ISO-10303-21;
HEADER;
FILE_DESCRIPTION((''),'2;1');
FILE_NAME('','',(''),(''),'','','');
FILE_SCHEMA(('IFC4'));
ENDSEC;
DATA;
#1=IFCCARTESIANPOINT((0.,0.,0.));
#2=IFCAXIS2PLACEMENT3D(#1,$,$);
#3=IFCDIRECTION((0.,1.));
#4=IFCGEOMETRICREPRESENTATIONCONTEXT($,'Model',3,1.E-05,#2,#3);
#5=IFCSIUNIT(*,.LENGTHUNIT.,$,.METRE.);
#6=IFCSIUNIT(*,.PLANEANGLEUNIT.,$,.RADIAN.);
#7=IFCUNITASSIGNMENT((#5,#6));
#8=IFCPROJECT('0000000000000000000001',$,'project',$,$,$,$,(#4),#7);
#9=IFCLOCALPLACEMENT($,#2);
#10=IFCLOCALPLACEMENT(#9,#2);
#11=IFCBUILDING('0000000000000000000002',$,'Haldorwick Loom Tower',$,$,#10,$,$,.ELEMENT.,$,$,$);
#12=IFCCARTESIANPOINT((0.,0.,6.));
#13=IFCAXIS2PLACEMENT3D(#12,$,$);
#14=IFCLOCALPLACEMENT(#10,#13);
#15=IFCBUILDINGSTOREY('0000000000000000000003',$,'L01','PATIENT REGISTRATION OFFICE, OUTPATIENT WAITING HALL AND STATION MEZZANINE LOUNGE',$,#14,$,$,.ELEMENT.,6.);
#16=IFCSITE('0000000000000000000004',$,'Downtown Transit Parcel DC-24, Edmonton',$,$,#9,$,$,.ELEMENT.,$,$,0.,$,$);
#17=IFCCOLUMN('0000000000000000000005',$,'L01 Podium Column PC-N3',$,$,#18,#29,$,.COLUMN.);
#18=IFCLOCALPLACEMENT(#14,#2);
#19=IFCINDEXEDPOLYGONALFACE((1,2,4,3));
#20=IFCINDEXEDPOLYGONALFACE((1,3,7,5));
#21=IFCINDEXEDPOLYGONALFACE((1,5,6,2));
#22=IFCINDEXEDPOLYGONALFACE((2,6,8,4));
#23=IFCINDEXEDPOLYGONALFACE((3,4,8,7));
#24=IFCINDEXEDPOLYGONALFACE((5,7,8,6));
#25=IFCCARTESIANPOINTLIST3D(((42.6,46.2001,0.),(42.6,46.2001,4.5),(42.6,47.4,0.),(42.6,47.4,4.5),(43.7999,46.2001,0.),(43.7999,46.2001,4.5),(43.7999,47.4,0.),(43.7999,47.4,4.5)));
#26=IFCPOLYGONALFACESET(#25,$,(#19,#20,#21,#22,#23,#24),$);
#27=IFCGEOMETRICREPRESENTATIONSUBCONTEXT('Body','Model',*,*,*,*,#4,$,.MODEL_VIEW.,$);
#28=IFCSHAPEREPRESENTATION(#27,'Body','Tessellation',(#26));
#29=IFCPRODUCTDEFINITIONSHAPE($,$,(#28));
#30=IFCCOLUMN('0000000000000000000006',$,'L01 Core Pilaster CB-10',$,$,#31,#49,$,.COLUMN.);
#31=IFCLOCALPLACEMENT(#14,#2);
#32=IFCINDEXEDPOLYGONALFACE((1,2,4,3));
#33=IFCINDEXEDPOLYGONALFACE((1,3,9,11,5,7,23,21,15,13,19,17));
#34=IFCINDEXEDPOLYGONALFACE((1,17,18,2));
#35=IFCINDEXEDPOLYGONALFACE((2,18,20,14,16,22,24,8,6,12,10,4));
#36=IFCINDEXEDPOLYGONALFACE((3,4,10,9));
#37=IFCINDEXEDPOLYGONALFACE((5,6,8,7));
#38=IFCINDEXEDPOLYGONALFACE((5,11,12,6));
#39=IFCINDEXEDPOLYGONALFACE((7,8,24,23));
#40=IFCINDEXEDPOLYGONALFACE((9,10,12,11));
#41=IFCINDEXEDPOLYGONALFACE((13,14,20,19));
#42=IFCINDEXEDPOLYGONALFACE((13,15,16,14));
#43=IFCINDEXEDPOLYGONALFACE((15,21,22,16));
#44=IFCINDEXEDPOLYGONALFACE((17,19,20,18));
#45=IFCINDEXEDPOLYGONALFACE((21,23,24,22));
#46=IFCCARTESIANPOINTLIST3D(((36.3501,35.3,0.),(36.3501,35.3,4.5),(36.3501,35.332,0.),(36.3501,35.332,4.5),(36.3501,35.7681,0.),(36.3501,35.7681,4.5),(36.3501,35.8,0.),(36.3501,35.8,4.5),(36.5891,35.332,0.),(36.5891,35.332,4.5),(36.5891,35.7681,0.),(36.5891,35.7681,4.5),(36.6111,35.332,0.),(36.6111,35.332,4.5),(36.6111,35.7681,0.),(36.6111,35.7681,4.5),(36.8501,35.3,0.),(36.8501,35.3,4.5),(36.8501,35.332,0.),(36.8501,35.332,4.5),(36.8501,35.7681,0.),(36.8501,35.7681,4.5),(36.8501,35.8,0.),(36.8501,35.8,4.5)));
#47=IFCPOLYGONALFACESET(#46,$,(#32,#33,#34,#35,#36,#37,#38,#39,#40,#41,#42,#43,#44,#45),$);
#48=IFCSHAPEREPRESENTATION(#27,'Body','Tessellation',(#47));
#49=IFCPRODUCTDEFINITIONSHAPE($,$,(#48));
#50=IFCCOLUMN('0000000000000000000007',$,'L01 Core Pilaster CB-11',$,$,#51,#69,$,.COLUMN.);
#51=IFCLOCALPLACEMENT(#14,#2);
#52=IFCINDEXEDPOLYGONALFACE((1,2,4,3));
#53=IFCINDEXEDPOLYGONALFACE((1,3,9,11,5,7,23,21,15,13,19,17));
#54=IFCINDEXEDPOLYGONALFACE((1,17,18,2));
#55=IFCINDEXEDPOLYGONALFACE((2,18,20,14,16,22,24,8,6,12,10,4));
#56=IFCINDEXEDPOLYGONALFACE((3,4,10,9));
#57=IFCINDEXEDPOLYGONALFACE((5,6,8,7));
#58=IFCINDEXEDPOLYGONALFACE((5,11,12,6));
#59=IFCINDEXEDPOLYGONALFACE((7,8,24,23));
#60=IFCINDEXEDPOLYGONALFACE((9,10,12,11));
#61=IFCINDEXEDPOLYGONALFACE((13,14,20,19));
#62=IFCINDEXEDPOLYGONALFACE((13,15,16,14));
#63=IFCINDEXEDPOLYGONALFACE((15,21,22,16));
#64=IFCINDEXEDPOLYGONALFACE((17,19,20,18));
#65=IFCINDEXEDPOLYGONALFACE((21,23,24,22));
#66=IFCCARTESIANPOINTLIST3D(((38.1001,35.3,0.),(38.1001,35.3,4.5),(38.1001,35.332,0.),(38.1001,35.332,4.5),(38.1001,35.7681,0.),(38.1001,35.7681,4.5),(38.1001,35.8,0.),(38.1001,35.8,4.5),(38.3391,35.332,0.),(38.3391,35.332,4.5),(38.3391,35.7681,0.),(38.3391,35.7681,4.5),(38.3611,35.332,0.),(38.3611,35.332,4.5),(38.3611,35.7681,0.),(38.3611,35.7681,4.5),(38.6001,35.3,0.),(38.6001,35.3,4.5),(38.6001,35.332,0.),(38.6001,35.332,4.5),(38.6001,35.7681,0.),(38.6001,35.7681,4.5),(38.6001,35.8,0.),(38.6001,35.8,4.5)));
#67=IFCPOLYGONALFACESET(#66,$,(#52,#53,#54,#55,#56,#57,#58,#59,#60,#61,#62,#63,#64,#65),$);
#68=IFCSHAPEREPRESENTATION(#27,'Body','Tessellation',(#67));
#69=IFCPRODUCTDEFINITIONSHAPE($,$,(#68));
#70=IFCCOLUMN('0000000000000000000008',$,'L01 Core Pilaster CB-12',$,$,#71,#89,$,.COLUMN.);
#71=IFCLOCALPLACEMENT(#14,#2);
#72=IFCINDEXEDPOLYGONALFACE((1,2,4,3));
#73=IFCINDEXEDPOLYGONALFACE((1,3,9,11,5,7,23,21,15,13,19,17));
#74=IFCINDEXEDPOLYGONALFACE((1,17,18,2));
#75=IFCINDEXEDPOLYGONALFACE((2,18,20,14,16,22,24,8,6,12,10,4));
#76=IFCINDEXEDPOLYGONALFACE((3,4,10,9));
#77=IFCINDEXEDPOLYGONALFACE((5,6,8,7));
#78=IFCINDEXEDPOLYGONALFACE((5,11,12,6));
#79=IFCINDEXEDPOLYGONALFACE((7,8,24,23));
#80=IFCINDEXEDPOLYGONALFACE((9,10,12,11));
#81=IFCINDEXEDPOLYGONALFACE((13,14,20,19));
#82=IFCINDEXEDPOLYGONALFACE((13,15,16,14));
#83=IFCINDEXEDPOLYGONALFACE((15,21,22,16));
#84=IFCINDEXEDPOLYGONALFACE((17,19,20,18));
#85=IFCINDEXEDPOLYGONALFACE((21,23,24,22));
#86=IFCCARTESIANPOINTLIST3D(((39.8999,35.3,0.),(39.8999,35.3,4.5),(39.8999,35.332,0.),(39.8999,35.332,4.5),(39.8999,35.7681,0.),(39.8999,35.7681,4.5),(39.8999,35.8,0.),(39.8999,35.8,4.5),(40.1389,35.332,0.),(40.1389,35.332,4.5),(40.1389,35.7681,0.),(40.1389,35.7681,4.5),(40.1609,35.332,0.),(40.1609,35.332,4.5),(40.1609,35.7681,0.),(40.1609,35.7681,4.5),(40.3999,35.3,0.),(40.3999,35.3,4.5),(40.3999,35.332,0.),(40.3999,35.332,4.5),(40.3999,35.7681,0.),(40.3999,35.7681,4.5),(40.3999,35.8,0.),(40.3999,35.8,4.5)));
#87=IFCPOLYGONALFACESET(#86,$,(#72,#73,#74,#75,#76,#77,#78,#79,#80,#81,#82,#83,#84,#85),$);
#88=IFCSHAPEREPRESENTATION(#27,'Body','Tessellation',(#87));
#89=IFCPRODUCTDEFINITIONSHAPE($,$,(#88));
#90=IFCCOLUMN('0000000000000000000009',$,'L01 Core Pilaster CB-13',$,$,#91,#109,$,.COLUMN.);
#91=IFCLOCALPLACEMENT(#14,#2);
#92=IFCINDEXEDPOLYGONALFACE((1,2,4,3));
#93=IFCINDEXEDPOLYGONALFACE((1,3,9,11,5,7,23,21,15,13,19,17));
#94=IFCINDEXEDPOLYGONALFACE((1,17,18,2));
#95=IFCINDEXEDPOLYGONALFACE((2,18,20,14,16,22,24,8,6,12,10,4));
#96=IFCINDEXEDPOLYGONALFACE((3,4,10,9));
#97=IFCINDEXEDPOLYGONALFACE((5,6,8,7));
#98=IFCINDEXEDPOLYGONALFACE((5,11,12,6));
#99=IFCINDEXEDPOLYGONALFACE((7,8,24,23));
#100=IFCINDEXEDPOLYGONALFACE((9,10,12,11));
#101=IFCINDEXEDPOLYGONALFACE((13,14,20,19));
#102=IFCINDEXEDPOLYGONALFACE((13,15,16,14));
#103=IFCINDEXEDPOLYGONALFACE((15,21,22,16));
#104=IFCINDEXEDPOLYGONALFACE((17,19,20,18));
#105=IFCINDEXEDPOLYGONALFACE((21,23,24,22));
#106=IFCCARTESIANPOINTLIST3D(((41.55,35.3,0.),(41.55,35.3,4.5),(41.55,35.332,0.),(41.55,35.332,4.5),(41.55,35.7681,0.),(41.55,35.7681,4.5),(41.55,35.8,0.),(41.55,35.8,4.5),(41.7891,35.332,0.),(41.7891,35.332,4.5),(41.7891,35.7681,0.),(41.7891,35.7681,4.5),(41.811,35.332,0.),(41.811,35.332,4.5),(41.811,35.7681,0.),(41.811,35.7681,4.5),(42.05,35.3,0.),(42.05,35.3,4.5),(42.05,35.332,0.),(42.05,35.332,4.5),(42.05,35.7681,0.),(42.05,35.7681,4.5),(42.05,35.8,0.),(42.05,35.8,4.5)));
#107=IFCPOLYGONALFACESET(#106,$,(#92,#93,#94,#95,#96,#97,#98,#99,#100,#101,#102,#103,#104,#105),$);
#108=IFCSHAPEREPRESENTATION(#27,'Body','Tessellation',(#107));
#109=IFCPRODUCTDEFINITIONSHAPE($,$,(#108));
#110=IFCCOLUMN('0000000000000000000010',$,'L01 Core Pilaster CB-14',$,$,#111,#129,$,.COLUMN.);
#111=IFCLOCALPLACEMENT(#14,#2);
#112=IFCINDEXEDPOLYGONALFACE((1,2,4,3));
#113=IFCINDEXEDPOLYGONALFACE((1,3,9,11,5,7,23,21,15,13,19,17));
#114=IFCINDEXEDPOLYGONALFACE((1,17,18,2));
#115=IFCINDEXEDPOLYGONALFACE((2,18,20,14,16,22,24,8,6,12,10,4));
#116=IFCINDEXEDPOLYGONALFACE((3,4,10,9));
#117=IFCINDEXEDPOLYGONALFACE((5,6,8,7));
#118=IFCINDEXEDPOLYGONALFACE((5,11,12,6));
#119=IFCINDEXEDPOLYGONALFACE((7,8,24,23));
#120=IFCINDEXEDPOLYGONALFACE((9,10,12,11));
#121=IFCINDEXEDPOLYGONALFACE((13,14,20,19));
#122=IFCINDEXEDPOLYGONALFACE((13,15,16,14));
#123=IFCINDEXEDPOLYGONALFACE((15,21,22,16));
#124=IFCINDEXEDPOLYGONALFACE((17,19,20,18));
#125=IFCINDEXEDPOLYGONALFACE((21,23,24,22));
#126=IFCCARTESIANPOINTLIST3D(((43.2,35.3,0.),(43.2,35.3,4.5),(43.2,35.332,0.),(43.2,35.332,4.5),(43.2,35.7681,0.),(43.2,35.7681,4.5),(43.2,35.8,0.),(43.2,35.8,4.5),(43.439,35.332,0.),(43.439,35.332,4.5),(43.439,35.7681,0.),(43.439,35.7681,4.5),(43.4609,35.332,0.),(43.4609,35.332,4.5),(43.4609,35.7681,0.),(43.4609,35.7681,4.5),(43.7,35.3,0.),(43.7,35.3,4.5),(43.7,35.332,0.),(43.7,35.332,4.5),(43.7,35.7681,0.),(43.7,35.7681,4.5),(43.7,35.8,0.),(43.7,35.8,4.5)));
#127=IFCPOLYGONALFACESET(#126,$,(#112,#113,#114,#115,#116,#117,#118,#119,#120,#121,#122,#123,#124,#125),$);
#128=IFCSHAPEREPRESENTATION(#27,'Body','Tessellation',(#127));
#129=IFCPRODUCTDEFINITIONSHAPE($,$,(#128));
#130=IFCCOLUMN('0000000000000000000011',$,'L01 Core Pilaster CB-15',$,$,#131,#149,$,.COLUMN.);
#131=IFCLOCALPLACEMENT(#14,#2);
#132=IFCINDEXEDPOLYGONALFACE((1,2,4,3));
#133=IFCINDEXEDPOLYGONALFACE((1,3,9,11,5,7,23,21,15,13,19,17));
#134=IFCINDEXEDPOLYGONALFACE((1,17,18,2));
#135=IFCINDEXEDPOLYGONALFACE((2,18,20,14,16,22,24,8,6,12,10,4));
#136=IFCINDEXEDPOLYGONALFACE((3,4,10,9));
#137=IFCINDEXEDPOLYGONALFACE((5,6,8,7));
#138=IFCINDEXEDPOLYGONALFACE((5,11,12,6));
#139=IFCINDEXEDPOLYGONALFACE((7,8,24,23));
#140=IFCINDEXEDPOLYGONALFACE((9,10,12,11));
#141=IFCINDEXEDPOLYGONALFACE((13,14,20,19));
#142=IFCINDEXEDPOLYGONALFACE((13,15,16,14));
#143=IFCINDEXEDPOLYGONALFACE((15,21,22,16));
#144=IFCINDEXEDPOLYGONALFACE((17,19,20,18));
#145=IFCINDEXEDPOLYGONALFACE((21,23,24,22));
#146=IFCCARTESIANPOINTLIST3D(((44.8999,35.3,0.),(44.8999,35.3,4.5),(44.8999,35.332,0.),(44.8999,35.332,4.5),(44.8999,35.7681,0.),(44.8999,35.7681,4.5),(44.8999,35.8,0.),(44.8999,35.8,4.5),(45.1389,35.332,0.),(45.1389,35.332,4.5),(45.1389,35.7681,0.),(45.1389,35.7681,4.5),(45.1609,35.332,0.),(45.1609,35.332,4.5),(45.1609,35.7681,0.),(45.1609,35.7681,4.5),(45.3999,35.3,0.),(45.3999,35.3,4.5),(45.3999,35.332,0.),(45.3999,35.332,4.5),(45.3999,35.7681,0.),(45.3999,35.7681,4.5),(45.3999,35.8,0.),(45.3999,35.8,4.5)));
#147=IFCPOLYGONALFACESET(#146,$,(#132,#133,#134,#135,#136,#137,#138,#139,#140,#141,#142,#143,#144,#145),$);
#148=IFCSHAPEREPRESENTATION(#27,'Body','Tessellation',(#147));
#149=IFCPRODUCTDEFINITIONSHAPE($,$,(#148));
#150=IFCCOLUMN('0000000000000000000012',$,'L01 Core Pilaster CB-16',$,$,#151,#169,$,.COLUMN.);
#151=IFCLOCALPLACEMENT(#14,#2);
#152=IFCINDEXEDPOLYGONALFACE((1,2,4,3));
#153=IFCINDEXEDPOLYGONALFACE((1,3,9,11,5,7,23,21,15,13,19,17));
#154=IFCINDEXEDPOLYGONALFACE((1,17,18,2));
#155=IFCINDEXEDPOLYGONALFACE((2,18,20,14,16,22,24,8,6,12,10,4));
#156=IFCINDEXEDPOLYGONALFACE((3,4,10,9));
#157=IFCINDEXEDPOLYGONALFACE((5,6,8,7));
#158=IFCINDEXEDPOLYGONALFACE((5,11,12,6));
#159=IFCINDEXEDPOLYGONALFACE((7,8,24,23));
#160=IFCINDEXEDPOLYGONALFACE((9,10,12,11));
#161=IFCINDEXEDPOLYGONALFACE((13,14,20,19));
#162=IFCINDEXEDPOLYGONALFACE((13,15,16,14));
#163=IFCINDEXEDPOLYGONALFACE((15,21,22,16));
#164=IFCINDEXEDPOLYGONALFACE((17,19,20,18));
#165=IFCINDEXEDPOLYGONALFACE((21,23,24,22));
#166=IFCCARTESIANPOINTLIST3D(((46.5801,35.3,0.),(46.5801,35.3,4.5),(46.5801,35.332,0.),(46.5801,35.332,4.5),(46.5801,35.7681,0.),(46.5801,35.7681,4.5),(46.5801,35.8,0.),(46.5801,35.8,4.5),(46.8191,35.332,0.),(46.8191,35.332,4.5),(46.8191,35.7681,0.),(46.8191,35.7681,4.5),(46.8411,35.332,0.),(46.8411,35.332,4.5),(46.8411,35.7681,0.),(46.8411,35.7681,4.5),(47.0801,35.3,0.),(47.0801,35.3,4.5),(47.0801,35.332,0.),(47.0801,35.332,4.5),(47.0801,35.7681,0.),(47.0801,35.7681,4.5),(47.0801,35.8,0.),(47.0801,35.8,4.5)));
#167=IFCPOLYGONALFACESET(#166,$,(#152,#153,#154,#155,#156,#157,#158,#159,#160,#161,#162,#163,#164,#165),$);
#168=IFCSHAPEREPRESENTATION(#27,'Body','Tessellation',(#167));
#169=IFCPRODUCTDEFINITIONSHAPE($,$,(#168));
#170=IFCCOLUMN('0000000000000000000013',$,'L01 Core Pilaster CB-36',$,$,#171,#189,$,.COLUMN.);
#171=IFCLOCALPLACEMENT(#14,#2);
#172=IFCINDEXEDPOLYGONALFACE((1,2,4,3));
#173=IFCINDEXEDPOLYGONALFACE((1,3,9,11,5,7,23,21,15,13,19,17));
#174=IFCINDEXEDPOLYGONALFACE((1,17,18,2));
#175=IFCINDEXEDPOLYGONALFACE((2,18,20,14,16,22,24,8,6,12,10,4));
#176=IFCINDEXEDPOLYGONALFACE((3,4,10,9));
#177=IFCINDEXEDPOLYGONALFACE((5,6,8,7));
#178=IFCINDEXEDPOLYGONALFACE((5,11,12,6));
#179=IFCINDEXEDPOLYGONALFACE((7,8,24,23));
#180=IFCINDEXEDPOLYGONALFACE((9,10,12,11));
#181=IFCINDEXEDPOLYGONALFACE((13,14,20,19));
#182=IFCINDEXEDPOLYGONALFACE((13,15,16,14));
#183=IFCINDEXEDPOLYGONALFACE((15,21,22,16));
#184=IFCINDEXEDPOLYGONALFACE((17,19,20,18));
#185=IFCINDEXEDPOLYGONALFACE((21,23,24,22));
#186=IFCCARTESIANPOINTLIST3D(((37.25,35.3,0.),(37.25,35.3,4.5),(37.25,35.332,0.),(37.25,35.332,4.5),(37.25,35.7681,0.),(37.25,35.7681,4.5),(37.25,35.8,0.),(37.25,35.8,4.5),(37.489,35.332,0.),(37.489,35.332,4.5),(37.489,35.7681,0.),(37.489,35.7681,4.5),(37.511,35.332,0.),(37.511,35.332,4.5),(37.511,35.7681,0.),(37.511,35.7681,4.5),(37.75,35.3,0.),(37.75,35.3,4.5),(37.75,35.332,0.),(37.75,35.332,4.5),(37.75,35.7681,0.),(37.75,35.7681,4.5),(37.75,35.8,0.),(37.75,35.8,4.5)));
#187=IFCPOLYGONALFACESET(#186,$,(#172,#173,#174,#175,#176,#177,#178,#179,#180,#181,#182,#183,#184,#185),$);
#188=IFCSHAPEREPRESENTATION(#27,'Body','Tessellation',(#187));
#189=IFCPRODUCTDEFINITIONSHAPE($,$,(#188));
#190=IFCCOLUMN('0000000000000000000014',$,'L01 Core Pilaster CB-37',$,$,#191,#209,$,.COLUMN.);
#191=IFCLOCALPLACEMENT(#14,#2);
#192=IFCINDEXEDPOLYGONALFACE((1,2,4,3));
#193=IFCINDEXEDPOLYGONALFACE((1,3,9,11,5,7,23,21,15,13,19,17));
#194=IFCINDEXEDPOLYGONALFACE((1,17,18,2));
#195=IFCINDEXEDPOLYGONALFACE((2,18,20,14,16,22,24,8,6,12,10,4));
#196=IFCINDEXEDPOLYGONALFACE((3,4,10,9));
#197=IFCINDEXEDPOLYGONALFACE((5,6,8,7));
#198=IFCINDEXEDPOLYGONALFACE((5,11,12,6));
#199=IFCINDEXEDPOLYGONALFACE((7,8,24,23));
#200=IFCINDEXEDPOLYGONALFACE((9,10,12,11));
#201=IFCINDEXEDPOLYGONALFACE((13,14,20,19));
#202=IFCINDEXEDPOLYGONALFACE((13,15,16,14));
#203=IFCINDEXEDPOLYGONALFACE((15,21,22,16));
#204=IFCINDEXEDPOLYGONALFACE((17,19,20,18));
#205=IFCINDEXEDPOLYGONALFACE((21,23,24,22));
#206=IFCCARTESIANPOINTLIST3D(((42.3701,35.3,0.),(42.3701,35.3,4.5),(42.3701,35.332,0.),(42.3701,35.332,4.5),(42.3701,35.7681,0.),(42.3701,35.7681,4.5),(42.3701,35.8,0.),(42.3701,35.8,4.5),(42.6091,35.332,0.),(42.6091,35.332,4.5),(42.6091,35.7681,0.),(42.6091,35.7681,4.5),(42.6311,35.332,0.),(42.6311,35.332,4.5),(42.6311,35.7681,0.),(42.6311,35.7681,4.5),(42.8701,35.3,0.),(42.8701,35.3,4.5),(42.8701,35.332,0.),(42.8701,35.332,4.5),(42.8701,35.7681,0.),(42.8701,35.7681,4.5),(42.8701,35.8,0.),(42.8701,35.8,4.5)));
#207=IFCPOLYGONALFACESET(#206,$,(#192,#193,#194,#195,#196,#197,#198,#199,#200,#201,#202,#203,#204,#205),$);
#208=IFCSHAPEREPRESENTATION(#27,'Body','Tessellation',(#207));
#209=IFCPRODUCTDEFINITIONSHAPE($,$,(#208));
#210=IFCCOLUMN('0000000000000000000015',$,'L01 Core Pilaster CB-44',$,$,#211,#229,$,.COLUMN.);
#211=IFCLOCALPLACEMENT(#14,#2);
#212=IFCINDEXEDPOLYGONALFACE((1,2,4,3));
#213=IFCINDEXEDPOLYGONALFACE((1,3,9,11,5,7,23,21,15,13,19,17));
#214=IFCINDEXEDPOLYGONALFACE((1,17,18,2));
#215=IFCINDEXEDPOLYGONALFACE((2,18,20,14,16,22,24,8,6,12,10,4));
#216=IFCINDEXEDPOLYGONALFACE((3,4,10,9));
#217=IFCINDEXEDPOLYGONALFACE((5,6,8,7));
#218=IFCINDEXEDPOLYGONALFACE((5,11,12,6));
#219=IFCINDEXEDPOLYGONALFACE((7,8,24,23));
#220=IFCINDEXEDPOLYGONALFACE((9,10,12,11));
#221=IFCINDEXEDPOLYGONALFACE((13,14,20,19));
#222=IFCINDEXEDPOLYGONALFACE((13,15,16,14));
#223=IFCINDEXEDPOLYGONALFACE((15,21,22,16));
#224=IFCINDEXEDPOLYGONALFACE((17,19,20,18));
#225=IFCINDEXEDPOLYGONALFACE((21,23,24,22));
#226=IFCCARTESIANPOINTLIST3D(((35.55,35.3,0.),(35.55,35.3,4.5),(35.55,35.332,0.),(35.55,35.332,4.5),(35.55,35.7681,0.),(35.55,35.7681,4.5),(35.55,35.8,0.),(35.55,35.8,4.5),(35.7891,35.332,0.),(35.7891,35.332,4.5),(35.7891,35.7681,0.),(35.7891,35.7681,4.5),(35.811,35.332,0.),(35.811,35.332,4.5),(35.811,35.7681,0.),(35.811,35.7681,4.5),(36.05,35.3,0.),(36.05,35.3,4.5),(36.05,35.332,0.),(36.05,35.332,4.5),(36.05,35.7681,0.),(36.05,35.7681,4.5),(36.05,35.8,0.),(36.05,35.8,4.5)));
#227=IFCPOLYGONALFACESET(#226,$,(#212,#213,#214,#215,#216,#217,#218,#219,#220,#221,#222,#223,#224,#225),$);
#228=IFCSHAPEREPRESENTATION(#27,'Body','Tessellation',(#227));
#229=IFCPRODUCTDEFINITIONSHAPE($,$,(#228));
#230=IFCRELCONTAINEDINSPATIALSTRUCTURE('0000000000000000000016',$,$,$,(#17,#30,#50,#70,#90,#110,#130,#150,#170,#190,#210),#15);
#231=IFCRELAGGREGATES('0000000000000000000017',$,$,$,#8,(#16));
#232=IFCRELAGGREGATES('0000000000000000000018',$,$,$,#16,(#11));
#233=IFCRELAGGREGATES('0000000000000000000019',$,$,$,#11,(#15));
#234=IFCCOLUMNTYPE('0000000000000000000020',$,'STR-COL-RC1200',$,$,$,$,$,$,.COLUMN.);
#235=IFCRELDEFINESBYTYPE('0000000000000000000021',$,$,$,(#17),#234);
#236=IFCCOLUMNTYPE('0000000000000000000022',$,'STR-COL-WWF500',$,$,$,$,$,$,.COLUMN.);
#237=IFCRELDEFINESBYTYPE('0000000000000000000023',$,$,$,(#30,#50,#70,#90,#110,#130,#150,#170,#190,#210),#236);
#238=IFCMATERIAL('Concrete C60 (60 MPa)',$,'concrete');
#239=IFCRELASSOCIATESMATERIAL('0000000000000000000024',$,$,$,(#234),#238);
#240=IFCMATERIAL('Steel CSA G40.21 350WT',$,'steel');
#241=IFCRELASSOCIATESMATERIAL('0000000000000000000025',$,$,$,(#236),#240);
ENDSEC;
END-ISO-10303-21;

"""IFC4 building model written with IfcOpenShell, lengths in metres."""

from ifc_helpers import new_model, si_unit, direction, frame, origin, origin_2d, place, context, subcontext, project, spatial, rectangle, i_section, extrude, material, material_profile, profile_set, type_object, element, save


model = new_model("IFC4")

# Units and contexts
model_context = context("Model", 3, precision=1e-05, world=origin(), true_north=direction((0.0, 1.0)))
body_context = subcontext(model_context, "Body", "Model", "MODEL_VIEW")
ifc_project = project(units=[si_unit("LENGTHUNIT", "METRE"), si_unit("PLANEANGLEUNIT", "RADIAN")], contexts=[model_context])

# Site, building, storey
site_placement = place(None, origin())
site = spatial("IfcSite", under=ifc_project, at=site_placement, Name="Downtown Transit Parcel DC-24, Edmonton", CompositionType="ELEMENT", RefElevation=0.0)
building_placement = place(site_placement, origin())
building = spatial("IfcBuilding", under=site, at=building_placement, Name="Haldorwick Loom Tower", CompositionType="ELEMENT")
storey_placement = place(building_placement, frame((0.0, 0.0, 6.0)))
storey = spatial("IfcBuildingStorey", under=building, at=storey_placement, Name="L01", Description="PATIENT REGISTRATION OFFICE, OUTPATIENT WAITING HALL AND STATION MEZZANINE LOUNGE", CompositionType="ELEMENT", Elevation=6.0)

# Columns
ifc_material_1 = material(Name="Concrete C60 (60 MPa)", Category="concrete")
ifc_material_profile_1 = material_profile(ifc_material_1, rectangle(XDim=1.2, YDim=1.2, at=origin_2d()), Name="RC1200X1200", Category="concrete")
ifc_profile_set_1 = profile_set([ifc_material_profile_1], Name="Concrete C60 (60 MPa)")
column_type_1 = type_object("IfcColumnType", Name="STR-COL-RC1200", PredefinedType="COLUMN", material=ifc_profile_set_1)
column_placement = place(storey_placement, frame((43.2, 46.8, 0.0), z_axis=(0.0, 0.0, 1.0), x_axis=(1.0, 0.0, 0.0)))
element("IfcColumn", 1, at=column_placement, inside=storey, type_object=column_type_1, Name="L01 Podium Column PC-N3", PredefinedType="COLUMN", context=body_context, shape_type="SweptSolid", body=[
    extrude(rectangle(XDim=1.2, YDim=1.2, at=origin_2d()), origin(), (0.0, 0.0, 1.0), 4.5),
])
ifc_material_2 = material(Name="Steel CSA G40.21 350WT", Category="steel")
ifc_material_profile_2 = material_profile(ifc_material_2, i_section(OverallWidth=0.5, OverallDepth=0.5, WebThickness=0.022, FlangeThickness=0.032, at=origin_2d()), Name="WWF500X500", Category="steel")
ifc_profile_set_2 = profile_set([ifc_material_profile_2], Name="Steel CSA G40.21 350WT")
column_type_2 = type_object("IfcColumnType", Name="STR-COL-WWF500", PredefinedType="COLUMN", material=ifc_profile_set_2)
for number, where, z_axis, x_axis, name in (
    (2, (36.6001, 35.55, 0.0), (0.0, 0.0, 1.0), (1.0, 0.0, 0.0), "L01 Core Pilaster CB-10"),
    (3, (38.3501, 35.55, 0.0), (0.0, 0.0, 1.0), (1.0, 0.0, 0.0), "L01 Core Pilaster CB-11"),
    (4, (40.1499, 35.55, 0.0), (0.0, 0.0, 1.0), (1.0, 0.0, 0.0), "L01 Core Pilaster CB-12"),
    (5, (41.8, 35.55, 0.0), (0.0, 0.0, 1.0), (1.0, 0.0, 0.0), "L01 Core Pilaster CB-13"),
    (6, (43.45, 35.55, 0.0), (0.0, 0.0, 1.0), (1.0, 0.0, 0.0), "L01 Core Pilaster CB-14"),
    (7, (45.1499, 35.55, 0.0), (0.0, 0.0, 1.0), (1.0, 0.0, 0.0), "L01 Core Pilaster CB-15"),
    (8, (46.8301, 35.55, 0.0), (0.0, 0.0, 1.0), (1.0, 0.0, 0.0), "L01 Core Pilaster CB-16"),
    (9, (37.5, 35.55, 0.0), (0.0, 0.0, 1.0), (1.0, 0.0, 0.0), "L01 Core Pilaster CB-36"),
    (10, (42.6201, 35.55, 0.0), (0.0, 0.0, 1.0), (1.0, 0.0, 0.0), "L01 Core Pilaster CB-37"),
    (11, (35.8, 35.55, 0.0), (0.0, 0.0, 1.0), (1.0, 0.0, 0.0), "L01 Core Pilaster CB-44"),
):
    element("IfcColumn", number, at=place(storey_placement, frame(where, z_axis=z_axis, x_axis=x_axis)), inside=storey, type_object=column_type_2, Name=name, PredefinedType="COLUMN", context=body_context, shape_type="SweptSolid", body=[
        extrude(i_section(OverallWidth=0.5, OverallDepth=0.5, WebThickness=0.022, FlangeThickness=0.032, at=origin_2d()), origin(), (0.0, 0.0, 1.0), 4.5),
    ])

save(model, "model.ifc")
